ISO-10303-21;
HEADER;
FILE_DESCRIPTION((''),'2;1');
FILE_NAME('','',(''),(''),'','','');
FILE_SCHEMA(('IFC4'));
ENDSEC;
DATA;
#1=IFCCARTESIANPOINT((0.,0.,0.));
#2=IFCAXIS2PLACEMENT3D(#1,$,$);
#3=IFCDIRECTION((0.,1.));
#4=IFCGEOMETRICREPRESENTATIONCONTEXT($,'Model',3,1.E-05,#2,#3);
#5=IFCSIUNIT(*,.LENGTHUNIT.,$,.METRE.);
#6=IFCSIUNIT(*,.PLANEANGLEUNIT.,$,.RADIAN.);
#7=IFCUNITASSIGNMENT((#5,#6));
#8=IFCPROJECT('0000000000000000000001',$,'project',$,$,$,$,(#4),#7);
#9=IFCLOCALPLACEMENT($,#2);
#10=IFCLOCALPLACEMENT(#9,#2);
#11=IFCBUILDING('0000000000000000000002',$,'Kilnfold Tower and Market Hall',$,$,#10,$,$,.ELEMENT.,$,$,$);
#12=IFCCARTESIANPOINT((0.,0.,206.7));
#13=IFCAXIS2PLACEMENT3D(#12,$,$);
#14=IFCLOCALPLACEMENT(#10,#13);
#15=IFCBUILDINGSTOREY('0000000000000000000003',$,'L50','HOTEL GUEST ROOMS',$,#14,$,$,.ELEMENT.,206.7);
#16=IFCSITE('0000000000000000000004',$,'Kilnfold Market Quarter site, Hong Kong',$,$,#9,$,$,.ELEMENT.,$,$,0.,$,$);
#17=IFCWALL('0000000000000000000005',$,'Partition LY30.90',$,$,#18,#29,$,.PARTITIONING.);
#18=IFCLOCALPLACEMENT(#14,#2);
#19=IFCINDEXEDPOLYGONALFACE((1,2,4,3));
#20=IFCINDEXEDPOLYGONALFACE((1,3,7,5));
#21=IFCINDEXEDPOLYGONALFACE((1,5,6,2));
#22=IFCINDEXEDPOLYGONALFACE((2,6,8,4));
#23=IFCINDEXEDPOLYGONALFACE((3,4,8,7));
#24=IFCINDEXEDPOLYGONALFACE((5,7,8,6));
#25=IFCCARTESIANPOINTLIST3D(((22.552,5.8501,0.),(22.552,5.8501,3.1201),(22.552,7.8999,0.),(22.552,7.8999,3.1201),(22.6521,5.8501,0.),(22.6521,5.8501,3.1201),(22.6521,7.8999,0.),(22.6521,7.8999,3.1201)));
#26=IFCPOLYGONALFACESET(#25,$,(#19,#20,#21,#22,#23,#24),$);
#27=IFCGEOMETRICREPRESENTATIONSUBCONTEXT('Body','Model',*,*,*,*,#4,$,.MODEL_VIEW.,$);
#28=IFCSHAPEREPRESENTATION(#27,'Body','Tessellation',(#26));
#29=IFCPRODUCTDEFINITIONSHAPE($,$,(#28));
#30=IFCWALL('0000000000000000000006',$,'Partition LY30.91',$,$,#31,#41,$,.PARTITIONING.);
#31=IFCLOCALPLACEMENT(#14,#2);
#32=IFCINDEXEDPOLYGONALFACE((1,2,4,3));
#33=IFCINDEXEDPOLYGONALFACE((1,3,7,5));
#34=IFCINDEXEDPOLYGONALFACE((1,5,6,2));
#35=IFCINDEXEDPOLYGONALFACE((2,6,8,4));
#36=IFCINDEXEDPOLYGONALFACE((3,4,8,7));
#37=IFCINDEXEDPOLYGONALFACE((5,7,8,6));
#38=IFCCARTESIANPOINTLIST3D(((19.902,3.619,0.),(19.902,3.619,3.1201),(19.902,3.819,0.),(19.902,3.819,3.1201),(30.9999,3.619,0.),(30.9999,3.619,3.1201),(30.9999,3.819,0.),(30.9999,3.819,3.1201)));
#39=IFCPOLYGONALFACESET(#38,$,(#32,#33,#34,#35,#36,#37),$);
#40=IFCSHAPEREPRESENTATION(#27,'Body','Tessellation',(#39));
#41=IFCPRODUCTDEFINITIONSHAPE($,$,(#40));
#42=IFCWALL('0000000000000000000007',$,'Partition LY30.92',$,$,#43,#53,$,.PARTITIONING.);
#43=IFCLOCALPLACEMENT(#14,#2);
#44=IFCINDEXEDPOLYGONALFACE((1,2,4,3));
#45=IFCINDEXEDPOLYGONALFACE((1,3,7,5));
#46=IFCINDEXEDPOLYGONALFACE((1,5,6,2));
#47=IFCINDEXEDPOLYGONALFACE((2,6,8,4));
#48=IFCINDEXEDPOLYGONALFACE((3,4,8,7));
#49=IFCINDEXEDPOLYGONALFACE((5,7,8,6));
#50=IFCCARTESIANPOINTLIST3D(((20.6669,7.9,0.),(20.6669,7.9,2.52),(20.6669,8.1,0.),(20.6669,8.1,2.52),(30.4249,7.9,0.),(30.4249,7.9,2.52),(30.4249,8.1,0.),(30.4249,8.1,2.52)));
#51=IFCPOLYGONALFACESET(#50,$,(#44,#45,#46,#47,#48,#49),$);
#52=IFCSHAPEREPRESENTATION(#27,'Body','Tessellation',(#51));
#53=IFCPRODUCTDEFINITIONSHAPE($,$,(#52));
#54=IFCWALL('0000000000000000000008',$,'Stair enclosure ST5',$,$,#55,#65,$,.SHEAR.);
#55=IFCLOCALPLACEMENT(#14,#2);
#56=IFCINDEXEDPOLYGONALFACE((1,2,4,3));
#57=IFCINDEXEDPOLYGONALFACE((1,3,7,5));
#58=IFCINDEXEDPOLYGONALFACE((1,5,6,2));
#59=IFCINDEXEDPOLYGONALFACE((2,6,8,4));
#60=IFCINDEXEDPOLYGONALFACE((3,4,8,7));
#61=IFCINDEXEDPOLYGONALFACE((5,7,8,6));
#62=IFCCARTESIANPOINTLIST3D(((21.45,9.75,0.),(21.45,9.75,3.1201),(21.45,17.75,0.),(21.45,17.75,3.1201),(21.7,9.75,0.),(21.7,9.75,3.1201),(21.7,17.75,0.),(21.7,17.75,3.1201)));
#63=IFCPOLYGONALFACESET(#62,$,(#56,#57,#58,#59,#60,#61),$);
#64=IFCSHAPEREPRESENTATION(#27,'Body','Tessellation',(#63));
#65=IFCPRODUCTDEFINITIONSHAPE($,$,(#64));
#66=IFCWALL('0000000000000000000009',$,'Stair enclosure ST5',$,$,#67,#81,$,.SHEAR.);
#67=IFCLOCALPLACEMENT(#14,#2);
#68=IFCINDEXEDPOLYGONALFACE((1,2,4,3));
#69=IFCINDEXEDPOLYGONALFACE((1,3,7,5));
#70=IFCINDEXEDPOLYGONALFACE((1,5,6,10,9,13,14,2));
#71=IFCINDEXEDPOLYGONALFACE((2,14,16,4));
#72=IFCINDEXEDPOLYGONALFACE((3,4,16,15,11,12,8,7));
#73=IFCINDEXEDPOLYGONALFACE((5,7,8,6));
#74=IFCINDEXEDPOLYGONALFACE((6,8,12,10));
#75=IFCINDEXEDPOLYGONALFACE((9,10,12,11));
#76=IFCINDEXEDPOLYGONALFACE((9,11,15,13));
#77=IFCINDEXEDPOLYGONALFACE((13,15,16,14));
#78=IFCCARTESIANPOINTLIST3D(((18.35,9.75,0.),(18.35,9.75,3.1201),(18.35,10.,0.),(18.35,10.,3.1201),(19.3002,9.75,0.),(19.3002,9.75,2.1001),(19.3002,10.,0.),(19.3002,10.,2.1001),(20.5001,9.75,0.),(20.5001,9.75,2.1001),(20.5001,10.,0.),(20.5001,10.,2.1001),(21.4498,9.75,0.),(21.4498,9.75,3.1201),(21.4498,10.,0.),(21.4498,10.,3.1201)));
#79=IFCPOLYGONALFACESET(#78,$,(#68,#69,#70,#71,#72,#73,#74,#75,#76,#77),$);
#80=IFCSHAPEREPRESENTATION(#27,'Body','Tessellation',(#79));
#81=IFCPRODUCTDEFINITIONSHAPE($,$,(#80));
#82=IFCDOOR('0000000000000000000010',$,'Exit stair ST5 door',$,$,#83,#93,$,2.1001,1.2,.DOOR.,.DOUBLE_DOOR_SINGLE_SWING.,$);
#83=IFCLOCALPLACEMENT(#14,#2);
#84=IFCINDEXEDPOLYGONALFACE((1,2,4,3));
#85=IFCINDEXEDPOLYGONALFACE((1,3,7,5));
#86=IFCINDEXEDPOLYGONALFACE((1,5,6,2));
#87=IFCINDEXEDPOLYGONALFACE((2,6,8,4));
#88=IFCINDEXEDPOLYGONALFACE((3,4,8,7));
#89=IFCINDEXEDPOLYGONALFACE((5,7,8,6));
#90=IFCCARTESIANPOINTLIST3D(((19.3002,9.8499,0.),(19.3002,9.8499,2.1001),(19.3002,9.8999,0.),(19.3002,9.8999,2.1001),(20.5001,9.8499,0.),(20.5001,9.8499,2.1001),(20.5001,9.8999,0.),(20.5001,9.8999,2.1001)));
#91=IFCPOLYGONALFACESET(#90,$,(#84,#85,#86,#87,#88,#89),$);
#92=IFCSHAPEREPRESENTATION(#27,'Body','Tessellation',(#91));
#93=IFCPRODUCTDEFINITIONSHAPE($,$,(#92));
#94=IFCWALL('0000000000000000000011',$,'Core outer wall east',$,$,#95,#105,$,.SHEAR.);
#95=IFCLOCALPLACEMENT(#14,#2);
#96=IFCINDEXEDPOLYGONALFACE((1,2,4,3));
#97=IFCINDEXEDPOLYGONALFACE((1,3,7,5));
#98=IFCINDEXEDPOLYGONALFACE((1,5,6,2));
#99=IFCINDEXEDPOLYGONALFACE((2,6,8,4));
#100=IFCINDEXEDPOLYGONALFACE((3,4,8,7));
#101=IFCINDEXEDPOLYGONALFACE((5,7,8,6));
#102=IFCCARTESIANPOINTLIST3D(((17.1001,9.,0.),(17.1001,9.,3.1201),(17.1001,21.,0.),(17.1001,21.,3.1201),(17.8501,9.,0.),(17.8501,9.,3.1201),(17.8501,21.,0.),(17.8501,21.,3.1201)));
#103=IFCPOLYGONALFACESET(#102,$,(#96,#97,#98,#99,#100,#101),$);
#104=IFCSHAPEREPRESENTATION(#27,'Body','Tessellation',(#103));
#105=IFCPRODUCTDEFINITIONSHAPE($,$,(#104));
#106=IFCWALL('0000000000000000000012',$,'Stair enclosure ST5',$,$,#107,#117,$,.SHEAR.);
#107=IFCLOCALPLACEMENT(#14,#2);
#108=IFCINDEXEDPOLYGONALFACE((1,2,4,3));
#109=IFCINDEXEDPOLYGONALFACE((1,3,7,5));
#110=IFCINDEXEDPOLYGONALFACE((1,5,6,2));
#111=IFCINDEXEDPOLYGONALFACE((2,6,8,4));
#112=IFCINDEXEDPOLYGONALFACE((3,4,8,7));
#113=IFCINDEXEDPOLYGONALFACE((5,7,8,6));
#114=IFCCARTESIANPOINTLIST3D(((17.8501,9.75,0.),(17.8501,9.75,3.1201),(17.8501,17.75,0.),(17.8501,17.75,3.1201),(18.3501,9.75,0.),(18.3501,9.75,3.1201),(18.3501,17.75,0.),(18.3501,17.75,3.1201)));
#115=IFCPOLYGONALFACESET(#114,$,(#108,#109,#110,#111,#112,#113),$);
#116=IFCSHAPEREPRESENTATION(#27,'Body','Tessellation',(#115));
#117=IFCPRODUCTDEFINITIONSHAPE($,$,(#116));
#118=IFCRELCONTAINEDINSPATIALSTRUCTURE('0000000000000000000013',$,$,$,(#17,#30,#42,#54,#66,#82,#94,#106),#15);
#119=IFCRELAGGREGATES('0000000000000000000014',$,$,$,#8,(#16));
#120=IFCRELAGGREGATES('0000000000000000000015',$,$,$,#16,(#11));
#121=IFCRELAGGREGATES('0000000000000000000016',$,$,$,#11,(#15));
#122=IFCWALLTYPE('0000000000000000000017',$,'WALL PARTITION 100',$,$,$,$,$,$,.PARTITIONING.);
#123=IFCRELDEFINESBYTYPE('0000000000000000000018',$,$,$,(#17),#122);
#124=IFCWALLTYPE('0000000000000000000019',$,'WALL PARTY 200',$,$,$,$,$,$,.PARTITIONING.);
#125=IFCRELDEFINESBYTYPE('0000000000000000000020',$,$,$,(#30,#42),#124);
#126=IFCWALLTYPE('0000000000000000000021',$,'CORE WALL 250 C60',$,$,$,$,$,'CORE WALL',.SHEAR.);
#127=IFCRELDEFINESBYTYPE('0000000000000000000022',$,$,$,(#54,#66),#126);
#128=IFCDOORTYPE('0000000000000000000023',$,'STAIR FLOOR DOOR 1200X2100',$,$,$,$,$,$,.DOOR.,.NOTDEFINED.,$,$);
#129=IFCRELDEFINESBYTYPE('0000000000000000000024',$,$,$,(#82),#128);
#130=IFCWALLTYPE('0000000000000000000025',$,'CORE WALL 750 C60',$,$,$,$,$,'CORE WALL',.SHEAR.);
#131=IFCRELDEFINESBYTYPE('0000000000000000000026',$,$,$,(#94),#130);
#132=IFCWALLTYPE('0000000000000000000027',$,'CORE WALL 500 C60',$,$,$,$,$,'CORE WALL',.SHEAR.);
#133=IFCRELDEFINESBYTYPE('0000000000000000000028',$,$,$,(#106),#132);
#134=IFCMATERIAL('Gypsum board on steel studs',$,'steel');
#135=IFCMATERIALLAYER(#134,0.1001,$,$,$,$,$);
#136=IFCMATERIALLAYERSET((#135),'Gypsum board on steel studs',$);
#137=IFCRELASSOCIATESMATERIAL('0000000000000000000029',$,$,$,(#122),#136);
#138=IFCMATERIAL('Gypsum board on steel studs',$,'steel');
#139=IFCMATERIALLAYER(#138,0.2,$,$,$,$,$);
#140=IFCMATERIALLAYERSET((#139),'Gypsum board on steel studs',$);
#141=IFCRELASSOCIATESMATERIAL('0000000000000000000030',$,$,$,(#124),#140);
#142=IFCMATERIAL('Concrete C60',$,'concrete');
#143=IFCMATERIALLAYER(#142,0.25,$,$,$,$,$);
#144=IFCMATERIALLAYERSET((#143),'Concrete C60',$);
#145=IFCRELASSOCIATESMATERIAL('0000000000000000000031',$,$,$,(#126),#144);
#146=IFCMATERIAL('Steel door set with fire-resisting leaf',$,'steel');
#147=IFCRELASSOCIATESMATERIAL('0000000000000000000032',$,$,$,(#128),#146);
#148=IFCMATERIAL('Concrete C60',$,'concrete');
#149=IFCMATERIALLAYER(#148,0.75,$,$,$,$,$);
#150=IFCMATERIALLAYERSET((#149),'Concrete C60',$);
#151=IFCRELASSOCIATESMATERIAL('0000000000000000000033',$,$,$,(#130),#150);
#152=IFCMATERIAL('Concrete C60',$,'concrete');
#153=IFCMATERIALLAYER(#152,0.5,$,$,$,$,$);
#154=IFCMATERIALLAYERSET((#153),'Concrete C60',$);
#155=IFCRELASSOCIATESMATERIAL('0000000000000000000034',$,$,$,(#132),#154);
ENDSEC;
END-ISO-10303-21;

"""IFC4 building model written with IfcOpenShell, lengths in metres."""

from ifc_helpers import new_model, si_unit, direction, frame, frame_2d, origin, place, context, subcontext, project, spatial, rectangle, extrude, source, transform, mapped, material, layer, layer_set, type_object, element, fill, save


model = new_model("IFC4")

# Units and contexts
model_context = context("Model", 3, precision=1e-05, world=origin(), true_north=direction((0.0, 1.0)))
body_context = subcontext(model_context, "Body", "Model", "MODEL_VIEW")
ifc_project = project(units=[si_unit("LENGTHUNIT", "METRE"), si_unit("PLANEANGLEUNIT", "RADIAN")], contexts=[model_context])

# Site, building, storey
site_placement = place(None, origin())
site = spatial("IfcSite", under=ifc_project, at=site_placement, Name="Kilnfold Market Quarter site, Hong Kong", CompositionType="ELEMENT", RefElevation=0.0)
building_placement = place(site_placement, origin())
building = spatial("IfcBuilding", under=site, at=building_placement, Name="Kilnfold Tower and Market Hall", CompositionType="ELEMENT")
storey_placement = place(building_placement, frame((0.0, 0.0, 206.7)))
storey = spatial("IfcBuildingStorey", under=building, at=storey_placement, Name="L50", Description="HOTEL GUEST ROOMS", CompositionType="ELEMENT", Elevation=206.7)

# Shared definitions
ifc_material_1 = material(Name="Gypsum board on steel studs", Category="steel")
ifc_layer_1 = layer(ifc_material_1, 0.1001)
ifc_layer_set_1 = layer_set([ifc_layer_1], Name="Gypsum board on steel studs")
wall_type_1 = type_object("IfcWallType", Name="WALL PARTITION 100", PredefinedType="PARTITIONING", material=ifc_layer_set_1)

# Walls
wall_1_placement = place(storey_placement, frame((22.6021, 5.8501, 0.0), z_axis=(0.0, 0.0, 1.0), x_axis=(0.0, 1.0, 0.0)))
element("IfcWall", 1, at=wall_1_placement, inside=storey, type_object=wall_type_1, Name="Partition LY30.90", PredefinedType="PARTITIONING", context=body_context, shape_type="SweptSolid", body=[
    extrude(rectangle(XDim=2.0498, YDim=0.1001, at=frame_2d((1.0249, 0.0))), origin(), (0.0, 0.0, 1.0), 3.1201),
])
ifc_material_2 = material(Name="Gypsum board on steel studs", Category="steel")
ifc_layer_2 = layer(ifc_material_2, 0.2)
ifc_layer_set_2 = layer_set([ifc_layer_2], Name="Gypsum board on steel studs")
wall_type_2 = type_object("IfcWallType", Name="WALL PARTY 200", PredefinedType="PARTITIONING", material=ifc_layer_set_2)
wall_2_placement = place(storey_placement, frame((19.9021, 3.719, 0.0), z_axis=(0.0, 0.0, 1.0), x_axis=(1.0, 0.0, 0.0)))
element("IfcWall", 2, at=wall_2_placement, inside=storey, type_object=wall_type_2, Name="Partition LY30.91", PredefinedType="PARTITIONING", context=body_context, shape_type="SweptSolid", body=[
    extrude(rectangle(XDim=11.0979, YDim=0.2, at=frame_2d((5.5488, 0.0))), origin(), (0.0, 0.0, 1.0), 3.1201),
])
wall_3_placement = place(storey_placement, frame((20.667, 8.0, 0.0), z_axis=(0.0, 0.0, 1.0), x_axis=(1.0, 0.0, 0.0)))
element("IfcWall", 3, at=wall_3_placement, inside=storey, type_object=wall_type_2, Name="Partition LY30.92", PredefinedType="PARTITIONING", context=body_context, shape_type="SweptSolid", body=[
    extrude(rectangle(XDim=9.7581, YDim=0.2, at=frame_2d((4.8789, 0.0))), origin(), (0.0, 0.0, 1.0), 2.52),
])
ifc_material_3 = material(Name="Concrete C60", Category="concrete")
ifc_layer_3 = layer(ifc_material_3, 0.25)
ifc_layer_set_3 = layer_set([ifc_layer_3], Name="Concrete C60")
wall_type_3 = type_object("IfcWallType", Name="CORE WALL 250 C60", ElementType="CORE WALL", PredefinedType="SHEAR", material=ifc_layer_set_3)
shared_shape_1 = source(origin(), body_context, "Body", "SweptSolid", [
    extrude(rectangle(XDim=8.0, YDim=0.25, at=frame_2d((4.0, 0.0))), origin(), (0.0, 0.0, 1.0), 3.1201),
])
wall_4_placement = place(storey_placement, frame((21.575, 9.75, 0.0), z_axis=(0.0, 0.0, 1.0), x_axis=(0.0, 1.0, 0.0)))
element("IfcWall", 4, at=wall_4_placement, inside=storey, type_object=wall_type_3, Name="Stair enclosure ST5", PredefinedType="SHEAR", context=body_context, shape_type="MappedRepresentation", body=[
    mapped(shared_shape_1, transform((0.0, 0.0, 0.0))),
])

# Wall, opening, door
shared_shape_2 = source(origin(), body_context, "Body", "SweptSolid", [
    extrude(rectangle(XDim=3.0999, YDim=0.25, at=frame_2d((1.5498, 0.0))), origin(), (0.0, 0.0, 1.0), 3.1201),
])
wall_5_placement = place(storey_placement, frame((18.3501, 9.875, 0.0), z_axis=(0.0, 0.0, 1.0), x_axis=(1.0, 0.0, 0.0)))
wall_5 = element("IfcWall", 5, at=wall_5_placement, inside=storey, type_object=wall_type_3, Name="Stair enclosure ST5", PredefinedType="SHEAR", context=body_context, shape_type="MappedRepresentation", body=[
    mapped(shared_shape_2, transform((0.0, 0.0, 0.0))),
])
opening_1_placement = place(wall_5_placement, frame((0.95, 0.0, 0.0)))
opening_1 = element("IfcOpeningElement", 6, at=opening_1_placement, cuts=wall_5, PredefinedType="OPENING", context=body_context, shape_type="SweptSolid", body=[
    extrude(rectangle(XDim=1.2, YDim=2.1001, at=frame_2d((0.6001, 1.05))), frame((0.0, 0.135, 0.0), z_axis=(0.0, -1.0, 0.0), x_axis=(1.0, 0.0, 0.0)), (0.0, 0.0, 1.0), 0.27),
])
ifc_material_4 = material(Name="Steel door set with fire-resisting leaf", Category="steel")
door_type_1 = type_object("IfcDoorType", Name="STAIR FLOOR DOOR 1200X2100", OperationType="NOTDEFINED", PredefinedType="DOOR", material=ifc_material_4)
door_1_placement = place(opening_1_placement, origin())
door_1 = element("IfcDoor", 7, at=door_1_placement, inside=storey, type_object=door_type_1, Name="Exit stair ST5 door", OperationType="DOUBLE_DOOR_SINGLE_SWING", OverallHeight=2.1001, OverallWidth=1.2, PredefinedType="DOOR", context=body_context, shape_type="SweptSolid", body=[
    extrude(rectangle(XDim=1.2, YDim=2.1001, at=frame_2d((0.6001, 1.05))), frame((0.0, 0.0249, 0.0), z_axis=(0.0, -1.0, 0.0), x_axis=(1.0, 0.0, 0.0)), (0.0, 0.0, 1.0), 0.05),
])
fill(opening_1, door_1)

# Walls
ifc_material_5 = material(Name="Concrete C60", Category="concrete")
ifc_layer_4 = layer(ifc_material_5, 0.75)
ifc_layer_set_4 = layer_set([ifc_layer_4], Name="Concrete C60")
wall_type_4 = type_object("IfcWallType", Name="CORE WALL 750 C60", ElementType="CORE WALL", PredefinedType="SHEAR", material=ifc_layer_set_4)
shared_shape_3 = source(origin(), body_context, "Body", "SweptSolid", [
    extrude(rectangle(XDim=12.0, YDim=0.75, at=frame_2d((6.0, 0.0))), origin(), (0.0, 0.0, 1.0), 3.1201),
])
wall_6_placement = place(storey_placement, frame((17.4751, 9.0, 0.0), z_axis=(0.0, 0.0, 1.0), x_axis=(0.0, 1.0, 0.0)))
element("IfcWall", 8, at=wall_6_placement, inside=storey, type_object=wall_type_4, Name="Core outer wall east", PredefinedType="SHEAR", context=body_context, shape_type="MappedRepresentation", body=[
    mapped(shared_shape_3, transform((0.0, 0.0, 0.0))),
])
ifc_material_6 = material(Name="Concrete C60", Category="concrete")
ifc_layer_5 = layer(ifc_material_6, 0.5)
ifc_layer_set_5 = layer_set([ifc_layer_5], Name="Concrete C60")
wall_type_5 = type_object("IfcWallType", Name="CORE WALL 500 C60", ElementType="CORE WALL", PredefinedType="SHEAR", material=ifc_layer_set_5)
shared_shape_4 = source(origin(), body_context, "Body", "SweptSolid", [
    extrude(rectangle(XDim=8.0, YDim=0.5, at=frame_2d((4.0, 0.0))), origin(), (0.0, 0.0, 1.0), 3.1201),
])
wall_7_placement = place(storey_placement, frame((18.1001, 9.75, 0.0), z_axis=(0.0, 0.0, 1.0), x_axis=(0.0, 1.0, 0.0)))
element("IfcWall", 9, at=wall_7_placement, inside=storey, type_object=wall_type_5, Name="Stair enclosure ST5", PredefinedType="SHEAR", context=body_context, shape_type="MappedRepresentation", body=[
    mapped(shared_shape_4, transform((0.0, 0.0, 0.0))),
])

save(model, "model.ifc")
